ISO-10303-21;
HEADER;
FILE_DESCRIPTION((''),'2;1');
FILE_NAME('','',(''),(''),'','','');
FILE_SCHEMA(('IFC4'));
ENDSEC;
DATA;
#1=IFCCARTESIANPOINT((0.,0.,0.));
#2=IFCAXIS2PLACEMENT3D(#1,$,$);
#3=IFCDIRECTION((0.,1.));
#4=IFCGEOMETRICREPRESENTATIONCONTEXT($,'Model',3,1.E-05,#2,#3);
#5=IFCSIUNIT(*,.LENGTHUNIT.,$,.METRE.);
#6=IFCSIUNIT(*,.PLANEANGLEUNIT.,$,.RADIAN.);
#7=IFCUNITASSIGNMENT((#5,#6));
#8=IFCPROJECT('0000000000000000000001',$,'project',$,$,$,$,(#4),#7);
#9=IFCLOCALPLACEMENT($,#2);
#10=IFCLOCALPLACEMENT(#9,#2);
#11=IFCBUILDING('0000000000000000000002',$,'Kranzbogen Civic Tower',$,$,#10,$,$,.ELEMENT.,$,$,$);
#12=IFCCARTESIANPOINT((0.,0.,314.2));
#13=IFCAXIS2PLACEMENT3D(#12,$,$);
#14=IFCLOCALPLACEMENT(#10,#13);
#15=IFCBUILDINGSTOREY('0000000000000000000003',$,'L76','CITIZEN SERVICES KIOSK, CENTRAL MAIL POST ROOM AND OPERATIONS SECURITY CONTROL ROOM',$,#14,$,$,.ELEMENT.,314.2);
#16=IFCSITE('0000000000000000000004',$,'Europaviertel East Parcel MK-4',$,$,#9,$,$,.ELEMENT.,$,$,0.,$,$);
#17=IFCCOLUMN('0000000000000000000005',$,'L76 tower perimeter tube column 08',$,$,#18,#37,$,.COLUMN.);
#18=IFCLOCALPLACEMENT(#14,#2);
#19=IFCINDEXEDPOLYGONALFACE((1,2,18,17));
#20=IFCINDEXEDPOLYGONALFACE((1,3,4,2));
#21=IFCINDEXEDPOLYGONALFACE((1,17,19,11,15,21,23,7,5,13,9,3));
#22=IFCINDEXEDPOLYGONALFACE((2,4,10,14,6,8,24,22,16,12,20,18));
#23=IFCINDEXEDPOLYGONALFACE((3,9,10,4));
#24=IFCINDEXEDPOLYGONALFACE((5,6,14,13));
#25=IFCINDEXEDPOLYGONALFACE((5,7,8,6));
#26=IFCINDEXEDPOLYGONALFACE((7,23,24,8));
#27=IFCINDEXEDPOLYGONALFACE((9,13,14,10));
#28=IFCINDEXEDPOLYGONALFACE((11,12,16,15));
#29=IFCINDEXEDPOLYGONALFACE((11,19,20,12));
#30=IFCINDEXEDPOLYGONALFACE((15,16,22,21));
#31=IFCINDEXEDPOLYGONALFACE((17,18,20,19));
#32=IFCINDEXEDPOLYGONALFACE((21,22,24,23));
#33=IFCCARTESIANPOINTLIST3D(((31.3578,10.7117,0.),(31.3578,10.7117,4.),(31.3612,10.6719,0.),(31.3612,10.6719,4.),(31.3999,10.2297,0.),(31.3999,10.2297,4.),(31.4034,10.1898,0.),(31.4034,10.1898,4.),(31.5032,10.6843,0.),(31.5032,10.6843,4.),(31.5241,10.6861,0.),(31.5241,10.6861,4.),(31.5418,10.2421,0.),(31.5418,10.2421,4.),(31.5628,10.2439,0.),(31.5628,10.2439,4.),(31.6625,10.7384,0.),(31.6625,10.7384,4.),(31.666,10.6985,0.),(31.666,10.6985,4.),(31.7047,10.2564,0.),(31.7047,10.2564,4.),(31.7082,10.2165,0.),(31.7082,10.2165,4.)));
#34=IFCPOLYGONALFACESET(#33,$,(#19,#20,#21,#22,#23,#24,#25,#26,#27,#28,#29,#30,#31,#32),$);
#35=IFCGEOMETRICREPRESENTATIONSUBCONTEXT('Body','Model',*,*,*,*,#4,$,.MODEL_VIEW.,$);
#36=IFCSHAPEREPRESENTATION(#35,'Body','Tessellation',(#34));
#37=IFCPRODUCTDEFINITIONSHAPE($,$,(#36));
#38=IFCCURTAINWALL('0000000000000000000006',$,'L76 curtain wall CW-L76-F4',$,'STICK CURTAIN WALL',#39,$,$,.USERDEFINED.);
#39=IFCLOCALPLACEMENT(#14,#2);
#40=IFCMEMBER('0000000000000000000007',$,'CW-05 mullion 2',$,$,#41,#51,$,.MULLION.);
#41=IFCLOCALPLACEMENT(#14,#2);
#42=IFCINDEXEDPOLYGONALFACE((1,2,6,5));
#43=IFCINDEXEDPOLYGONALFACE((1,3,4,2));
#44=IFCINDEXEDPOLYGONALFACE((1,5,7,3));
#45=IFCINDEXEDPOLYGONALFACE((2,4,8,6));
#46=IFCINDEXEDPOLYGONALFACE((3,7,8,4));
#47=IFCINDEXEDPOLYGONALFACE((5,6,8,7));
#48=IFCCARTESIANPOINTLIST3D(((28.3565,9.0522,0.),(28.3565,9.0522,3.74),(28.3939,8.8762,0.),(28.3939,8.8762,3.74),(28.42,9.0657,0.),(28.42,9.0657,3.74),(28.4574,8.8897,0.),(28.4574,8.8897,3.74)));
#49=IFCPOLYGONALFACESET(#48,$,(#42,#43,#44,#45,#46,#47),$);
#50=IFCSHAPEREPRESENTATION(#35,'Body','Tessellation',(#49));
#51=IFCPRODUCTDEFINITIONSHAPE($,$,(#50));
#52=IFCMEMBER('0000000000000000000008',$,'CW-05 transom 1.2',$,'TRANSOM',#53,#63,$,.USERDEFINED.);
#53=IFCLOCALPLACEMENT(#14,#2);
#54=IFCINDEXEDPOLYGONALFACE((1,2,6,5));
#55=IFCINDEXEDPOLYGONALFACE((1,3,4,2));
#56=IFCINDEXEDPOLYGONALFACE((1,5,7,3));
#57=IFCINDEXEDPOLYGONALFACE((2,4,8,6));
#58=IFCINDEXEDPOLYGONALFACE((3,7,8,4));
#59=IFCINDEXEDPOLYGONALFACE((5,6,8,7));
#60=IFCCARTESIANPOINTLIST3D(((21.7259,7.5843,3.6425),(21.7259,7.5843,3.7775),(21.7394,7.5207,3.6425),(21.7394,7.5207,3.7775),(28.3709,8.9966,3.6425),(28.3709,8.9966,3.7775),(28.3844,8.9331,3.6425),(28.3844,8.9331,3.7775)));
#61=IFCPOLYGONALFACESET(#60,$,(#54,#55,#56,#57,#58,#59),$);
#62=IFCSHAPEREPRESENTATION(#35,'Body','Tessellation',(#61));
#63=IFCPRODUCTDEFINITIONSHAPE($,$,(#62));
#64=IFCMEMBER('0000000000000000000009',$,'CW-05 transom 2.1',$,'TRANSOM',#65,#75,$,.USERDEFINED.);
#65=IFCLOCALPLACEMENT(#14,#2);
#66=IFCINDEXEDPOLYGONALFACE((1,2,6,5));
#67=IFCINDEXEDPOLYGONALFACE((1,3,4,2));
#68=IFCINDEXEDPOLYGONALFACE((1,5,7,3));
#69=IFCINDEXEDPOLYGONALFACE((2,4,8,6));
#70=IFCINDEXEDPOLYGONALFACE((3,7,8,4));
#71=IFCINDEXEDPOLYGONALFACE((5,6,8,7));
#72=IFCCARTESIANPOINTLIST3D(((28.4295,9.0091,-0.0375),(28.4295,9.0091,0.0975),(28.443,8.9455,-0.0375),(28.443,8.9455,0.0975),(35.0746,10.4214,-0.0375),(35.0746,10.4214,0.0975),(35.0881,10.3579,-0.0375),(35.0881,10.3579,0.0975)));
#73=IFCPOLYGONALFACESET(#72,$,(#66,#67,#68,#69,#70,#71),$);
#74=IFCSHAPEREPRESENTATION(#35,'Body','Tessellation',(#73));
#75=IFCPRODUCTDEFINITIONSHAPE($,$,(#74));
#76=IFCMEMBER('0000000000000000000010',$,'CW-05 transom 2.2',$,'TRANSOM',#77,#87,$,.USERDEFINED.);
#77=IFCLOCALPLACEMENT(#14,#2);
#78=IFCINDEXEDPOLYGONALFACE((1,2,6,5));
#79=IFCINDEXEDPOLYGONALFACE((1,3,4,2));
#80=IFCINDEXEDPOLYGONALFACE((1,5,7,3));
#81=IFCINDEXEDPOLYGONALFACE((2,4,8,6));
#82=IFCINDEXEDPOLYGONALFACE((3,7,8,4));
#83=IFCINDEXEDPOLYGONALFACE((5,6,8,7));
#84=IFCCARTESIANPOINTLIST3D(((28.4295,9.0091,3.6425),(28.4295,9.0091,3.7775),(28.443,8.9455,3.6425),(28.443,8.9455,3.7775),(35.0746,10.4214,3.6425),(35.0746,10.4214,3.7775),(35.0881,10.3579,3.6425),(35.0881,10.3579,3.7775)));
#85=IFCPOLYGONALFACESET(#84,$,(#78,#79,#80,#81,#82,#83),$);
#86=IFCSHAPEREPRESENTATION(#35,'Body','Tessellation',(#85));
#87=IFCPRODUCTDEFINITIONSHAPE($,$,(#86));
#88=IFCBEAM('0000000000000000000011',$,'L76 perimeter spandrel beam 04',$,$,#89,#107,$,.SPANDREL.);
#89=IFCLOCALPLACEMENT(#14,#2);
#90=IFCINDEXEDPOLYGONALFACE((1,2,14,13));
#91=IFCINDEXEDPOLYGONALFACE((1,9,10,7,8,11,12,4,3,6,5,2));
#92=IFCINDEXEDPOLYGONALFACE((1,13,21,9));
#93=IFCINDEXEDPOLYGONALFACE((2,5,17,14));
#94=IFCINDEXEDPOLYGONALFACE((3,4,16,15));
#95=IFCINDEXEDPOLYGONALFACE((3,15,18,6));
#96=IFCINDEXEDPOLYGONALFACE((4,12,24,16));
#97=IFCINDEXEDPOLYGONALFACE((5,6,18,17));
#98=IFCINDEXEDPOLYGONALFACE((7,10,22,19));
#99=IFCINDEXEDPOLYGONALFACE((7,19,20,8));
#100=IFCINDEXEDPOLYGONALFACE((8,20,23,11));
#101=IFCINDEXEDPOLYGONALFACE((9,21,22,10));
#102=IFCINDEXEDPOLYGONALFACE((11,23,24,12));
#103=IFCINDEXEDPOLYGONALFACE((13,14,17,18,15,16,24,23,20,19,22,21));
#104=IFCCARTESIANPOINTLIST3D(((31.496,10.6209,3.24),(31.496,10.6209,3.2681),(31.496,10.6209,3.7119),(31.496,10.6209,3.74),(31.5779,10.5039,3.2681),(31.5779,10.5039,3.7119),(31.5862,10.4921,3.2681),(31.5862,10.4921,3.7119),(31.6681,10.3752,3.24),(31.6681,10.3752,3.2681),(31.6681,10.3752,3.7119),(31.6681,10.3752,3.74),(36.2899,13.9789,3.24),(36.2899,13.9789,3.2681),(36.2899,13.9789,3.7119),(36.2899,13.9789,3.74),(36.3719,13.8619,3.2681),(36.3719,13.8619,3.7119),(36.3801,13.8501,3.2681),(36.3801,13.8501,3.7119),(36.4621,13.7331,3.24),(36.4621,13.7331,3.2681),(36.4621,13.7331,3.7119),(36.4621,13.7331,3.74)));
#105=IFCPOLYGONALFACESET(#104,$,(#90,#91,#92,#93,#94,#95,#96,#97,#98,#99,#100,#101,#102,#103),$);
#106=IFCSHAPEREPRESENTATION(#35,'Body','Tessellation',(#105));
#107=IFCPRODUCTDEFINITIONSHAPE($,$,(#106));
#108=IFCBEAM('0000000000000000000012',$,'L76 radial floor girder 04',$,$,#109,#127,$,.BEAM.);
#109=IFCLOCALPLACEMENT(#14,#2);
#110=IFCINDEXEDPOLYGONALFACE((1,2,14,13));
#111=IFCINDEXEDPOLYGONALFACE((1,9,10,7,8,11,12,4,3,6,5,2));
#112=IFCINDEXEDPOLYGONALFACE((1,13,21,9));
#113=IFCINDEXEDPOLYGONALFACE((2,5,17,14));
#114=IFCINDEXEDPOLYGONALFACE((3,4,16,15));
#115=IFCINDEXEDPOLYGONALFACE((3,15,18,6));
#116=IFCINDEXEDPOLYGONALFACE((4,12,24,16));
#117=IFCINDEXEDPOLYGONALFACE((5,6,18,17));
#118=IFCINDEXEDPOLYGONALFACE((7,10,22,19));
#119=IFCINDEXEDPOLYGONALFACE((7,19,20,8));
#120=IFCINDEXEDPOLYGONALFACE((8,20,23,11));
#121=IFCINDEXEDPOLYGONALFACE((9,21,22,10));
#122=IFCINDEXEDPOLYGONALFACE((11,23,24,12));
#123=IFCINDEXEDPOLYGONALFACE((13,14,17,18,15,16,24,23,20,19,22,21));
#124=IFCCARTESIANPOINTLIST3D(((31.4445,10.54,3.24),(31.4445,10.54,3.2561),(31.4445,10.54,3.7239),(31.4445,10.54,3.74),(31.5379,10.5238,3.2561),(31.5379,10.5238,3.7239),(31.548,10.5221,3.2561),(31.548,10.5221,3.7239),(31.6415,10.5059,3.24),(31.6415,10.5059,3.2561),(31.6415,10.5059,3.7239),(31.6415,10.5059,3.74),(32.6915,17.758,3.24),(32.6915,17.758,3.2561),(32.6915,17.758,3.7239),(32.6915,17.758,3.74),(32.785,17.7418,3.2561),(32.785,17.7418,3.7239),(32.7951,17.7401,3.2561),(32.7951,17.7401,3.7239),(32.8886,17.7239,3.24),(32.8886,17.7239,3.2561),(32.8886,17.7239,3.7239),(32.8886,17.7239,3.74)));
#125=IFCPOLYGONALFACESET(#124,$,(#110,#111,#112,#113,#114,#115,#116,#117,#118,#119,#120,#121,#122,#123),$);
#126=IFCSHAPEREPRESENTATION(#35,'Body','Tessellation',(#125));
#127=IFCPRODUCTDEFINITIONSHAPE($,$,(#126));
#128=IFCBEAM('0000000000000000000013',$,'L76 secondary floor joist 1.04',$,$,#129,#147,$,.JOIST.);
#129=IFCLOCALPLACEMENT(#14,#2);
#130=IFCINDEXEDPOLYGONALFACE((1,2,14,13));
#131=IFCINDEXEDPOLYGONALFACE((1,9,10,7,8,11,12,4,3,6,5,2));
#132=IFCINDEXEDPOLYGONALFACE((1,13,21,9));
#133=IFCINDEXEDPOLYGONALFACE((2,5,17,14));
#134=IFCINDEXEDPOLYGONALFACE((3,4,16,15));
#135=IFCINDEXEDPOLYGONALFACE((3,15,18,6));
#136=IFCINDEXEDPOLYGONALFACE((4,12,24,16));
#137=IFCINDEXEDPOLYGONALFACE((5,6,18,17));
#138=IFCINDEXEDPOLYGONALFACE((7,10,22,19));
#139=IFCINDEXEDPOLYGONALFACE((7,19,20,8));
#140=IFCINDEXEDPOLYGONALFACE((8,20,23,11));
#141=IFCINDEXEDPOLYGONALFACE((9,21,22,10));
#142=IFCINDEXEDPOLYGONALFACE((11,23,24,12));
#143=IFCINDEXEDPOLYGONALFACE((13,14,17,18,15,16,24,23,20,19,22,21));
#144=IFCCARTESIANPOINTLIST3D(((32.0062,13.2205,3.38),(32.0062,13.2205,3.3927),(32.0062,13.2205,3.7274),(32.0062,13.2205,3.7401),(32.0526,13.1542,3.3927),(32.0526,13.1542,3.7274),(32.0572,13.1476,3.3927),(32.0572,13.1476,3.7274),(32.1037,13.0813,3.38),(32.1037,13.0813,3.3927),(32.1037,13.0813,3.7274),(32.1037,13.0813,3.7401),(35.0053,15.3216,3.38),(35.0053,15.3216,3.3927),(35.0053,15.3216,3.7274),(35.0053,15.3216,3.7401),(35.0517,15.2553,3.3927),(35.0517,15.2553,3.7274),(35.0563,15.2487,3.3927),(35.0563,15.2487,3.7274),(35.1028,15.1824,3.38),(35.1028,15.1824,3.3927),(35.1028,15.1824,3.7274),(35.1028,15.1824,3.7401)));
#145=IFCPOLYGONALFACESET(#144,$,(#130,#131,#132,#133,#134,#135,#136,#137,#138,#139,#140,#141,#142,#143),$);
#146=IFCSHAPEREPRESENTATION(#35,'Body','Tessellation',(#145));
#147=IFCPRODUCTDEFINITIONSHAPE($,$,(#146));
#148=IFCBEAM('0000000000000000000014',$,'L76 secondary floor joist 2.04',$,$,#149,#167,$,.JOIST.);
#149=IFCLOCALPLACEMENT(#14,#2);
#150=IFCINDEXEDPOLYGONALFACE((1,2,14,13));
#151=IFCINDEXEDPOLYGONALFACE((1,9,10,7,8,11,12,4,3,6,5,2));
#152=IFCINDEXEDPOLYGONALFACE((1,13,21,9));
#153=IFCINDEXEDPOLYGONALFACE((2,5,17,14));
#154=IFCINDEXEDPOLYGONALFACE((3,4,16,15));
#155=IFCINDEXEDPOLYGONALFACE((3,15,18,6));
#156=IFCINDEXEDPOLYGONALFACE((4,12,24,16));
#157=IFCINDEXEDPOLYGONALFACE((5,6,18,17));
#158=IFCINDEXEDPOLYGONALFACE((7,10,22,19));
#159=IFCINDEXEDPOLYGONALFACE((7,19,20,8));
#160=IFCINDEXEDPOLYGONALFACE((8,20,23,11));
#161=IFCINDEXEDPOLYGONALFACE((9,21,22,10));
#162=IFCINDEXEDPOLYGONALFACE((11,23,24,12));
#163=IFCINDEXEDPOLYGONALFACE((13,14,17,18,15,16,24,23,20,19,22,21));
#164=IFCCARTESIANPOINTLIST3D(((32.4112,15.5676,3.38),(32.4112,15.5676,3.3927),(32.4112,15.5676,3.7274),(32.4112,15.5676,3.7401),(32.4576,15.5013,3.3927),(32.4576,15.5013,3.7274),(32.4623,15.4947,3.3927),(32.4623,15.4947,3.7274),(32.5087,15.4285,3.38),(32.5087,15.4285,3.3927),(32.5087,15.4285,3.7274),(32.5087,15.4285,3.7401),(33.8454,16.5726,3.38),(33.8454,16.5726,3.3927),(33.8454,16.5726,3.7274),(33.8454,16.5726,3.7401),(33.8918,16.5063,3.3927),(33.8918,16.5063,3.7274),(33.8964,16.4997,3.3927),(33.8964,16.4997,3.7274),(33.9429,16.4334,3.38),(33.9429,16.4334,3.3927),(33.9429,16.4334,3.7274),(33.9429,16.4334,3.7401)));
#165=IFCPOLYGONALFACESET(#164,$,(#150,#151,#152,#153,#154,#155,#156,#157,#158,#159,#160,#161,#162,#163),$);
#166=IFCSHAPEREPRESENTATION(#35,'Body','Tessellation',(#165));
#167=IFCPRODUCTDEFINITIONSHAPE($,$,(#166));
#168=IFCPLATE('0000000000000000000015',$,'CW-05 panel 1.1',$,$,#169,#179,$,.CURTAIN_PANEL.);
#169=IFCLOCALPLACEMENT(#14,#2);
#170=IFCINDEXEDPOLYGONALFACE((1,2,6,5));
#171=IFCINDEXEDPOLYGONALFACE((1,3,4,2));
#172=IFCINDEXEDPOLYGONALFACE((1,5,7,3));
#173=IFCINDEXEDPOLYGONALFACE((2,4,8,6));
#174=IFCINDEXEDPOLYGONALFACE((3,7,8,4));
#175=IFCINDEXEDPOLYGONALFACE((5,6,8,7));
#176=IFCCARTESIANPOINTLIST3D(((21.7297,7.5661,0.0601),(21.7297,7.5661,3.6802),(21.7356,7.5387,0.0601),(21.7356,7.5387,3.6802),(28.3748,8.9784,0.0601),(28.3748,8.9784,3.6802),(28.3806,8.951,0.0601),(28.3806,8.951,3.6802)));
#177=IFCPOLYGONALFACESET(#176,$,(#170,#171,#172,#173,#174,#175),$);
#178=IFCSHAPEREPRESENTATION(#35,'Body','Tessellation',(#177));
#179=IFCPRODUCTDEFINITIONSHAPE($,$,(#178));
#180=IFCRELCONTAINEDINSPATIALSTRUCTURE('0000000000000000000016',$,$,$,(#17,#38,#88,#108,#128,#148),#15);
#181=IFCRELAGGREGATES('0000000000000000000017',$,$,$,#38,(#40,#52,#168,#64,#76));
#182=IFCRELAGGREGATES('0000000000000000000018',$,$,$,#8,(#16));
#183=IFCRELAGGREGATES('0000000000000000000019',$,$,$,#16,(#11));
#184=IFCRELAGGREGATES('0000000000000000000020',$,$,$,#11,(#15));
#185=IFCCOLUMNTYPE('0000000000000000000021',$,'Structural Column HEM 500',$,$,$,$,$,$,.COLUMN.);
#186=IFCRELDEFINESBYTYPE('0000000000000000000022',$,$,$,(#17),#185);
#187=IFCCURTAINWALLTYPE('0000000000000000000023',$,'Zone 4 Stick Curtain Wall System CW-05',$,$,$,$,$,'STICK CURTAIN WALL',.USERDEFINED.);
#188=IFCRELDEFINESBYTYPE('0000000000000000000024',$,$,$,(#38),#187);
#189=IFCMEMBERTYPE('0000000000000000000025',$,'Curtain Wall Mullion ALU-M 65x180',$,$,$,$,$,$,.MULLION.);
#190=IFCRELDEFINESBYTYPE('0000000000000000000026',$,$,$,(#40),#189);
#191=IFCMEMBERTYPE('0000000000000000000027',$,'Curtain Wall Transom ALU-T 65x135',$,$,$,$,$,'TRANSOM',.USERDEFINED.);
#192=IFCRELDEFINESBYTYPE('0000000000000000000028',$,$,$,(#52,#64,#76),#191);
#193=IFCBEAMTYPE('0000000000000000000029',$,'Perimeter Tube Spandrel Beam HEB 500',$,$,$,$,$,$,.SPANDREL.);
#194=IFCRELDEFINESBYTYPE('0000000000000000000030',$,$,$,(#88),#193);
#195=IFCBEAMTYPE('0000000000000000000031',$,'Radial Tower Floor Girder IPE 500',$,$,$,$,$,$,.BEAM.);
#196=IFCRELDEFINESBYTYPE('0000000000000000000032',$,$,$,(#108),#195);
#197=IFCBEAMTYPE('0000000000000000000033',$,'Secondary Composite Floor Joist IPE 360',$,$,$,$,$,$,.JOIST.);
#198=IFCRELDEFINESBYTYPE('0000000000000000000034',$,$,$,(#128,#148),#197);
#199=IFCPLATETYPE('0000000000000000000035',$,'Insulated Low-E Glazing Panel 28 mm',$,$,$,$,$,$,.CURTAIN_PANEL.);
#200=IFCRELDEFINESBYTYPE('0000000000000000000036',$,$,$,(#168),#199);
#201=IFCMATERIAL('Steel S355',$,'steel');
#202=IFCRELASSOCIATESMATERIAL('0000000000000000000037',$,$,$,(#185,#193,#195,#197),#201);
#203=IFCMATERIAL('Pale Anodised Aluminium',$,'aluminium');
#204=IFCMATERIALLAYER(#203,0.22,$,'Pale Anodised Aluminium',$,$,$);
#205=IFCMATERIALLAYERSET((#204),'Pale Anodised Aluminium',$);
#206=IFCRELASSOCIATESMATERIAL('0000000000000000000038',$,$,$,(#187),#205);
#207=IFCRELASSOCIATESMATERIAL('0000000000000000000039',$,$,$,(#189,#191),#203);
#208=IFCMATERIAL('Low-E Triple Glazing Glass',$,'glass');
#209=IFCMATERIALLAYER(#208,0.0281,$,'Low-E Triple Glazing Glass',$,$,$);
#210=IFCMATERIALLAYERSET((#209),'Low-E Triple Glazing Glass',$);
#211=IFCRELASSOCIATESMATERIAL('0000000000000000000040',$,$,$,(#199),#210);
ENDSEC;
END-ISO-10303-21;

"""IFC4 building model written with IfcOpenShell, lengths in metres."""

from ifc_helpers import new_model, si_unit, direction, frame, origin, origin_2d, place, context, subcontext, project, spatial, rectangle, i_section, extrude, material, layer, layer_set, material_profile, profile_set, type_object, element, aggregate, save


model = new_model("IFC4")

# Units and contexts
model_context = context("Model", 3, precision=1e-05, world=origin(), true_north=direction((0.0, 1.0)))
body_context = subcontext(model_context, "Body", "Model", "MODEL_VIEW")
ifc_project = project(units=[si_unit("LENGTHUNIT", "METRE"), si_unit("PLANEANGLEUNIT", "RADIAN")], contexts=[model_context])

# Site, building, storey
site_placement = place(None, origin())
site = spatial("IfcSite", under=ifc_project, at=site_placement, Name="Europaviertel East Parcel MK-4", CompositionType="ELEMENT", RefElevation=0.0)
building_placement = place(site_placement, origin())
building = spatial("IfcBuilding", under=site, at=building_placement, Name="Kranzbogen Civic Tower", CompositionType="ELEMENT")
storey_placement = place(building_placement, frame((0.0, 0.0, 314.2)))
storey = spatial("IfcBuildingStorey", under=building, at=storey_placement, Name="L76", Description="CITIZEN SERVICES KIOSK, CENTRAL MAIL POST ROOM AND OPERATIONS SECURITY CONTROL ROOM", CompositionType="ELEMENT", Elevation=314.2)

# Column
ifc_material_1 = material(Name="Steel S355", Category="steel")
ifc_material_profile_1 = material_profile(ifc_material_1, i_section(OverallWidth=0.3059, OverallDepth=0.5239, WebThickness=0.021, FlangeThickness=0.04, at=origin_2d()), Name="HEM 500")
ifc_profile_set_1 = profile_set([ifc_material_profile_1], Name="Steel S355")
column_type = type_object("IfcColumnType", Name="Structural Column HEM 500", PredefinedType="COLUMN", material=ifc_profile_set_1)
column_placement = place(storey_placement, frame((31.533, 10.4641, 0.0), z_axis=(0.0, 0.0, 1.0), x_axis=(0.996195, 0.087156, 0.0)))
element("IfcColumn", 1, at=column_placement, inside=storey, type_object=column_type, Name="L76 tower perimeter tube column 08", PredefinedType="COLUMN", context=body_context, shape_type="SweptSolid", body=[
    extrude(i_section(OverallWidth=0.3059, OverallDepth=0.5239, WebThickness=0.021, FlangeThickness=0.04, at=origin_2d()), origin(), (0.0, 0.0, 1.0), 4.0),
])

# Curtain wall, members
ifc_material_2 = material(Name="Pale Anodised Aluminium", Category="aluminium")
ifc_layer_1 = layer(ifc_material_2, 0.22, Name="Pale Anodised Aluminium")
ifc_layer_set_1 = layer_set([ifc_layer_1], Name="Pale Anodised Aluminium")
curtain_wall_type = type_object("IfcCurtainWallType", Name="Zone 4 Stick Curtain Wall System CW-05", ElementType="STICK CURTAIN WALL", PredefinedType="USERDEFINED", material=ifc_layer_set_1)
curtain_wall_placement = place(storey_placement, origin())
curtain_wall = element("IfcCurtainWall", 2, at=curtain_wall_placement, inside=storey, type_object=curtain_wall_type, Name="L76 curtain wall CW-L76-F4", ObjectType="STICK CURTAIN WALL", PredefinedType="USERDEFINED")
ifc_material_profile_2 = material_profile(ifc_material_2, rectangle(XDim=0.0649, YDim=0.1799, at=origin_2d()), Name="ALU-M 65x180")
ifc_profile_set_2 = profile_set([ifc_material_profile_2], Name="Pale Anodised Aluminium")
member_type_1 = type_object("IfcMemberType", Name="Curtain Wall Mullion ALU-M 65x180", PredefinedType="MULLION", material=ifc_profile_set_2)
member_1_placement = place(storey_placement, frame((28.407, 8.9709, 0.0), z_axis=(0.0, 0.0, 1.0), x_axis=(0.978152, 0.207892, 0.0)))
member_1 = element("IfcMember", 3, at=member_1_placement, type_object=member_type_1, Name="CW-05 mullion 2", PredefinedType="MULLION", context=body_context, shape_type="SweptSolid", body=[
    extrude(rectangle(XDim=0.0649, YDim=0.1799, at=origin_2d()), origin(), (0.0, 0.0, 1.0), 3.74),
])
ifc_material_profile_3 = material_profile(ifc_material_2, rectangle(XDim=0.0649, YDim=0.135, at=origin_2d()), Name="ALU-T 65x135")
ifc_profile_set_3 = profile_set([ifc_material_profile_3], Name="Pale Anodised Aluminium")
member_type_2 = type_object("IfcMemberType", Name="Curtain Wall Transom ALU-T 65x135", ElementType="TRANSOM", PredefinedType="USERDEFINED", material=ifc_profile_set_3)
member_2_placement = place(storey_placement, frame((21.7327, 7.5525, 3.71), z_axis=(0.97815, 0.207899, 0.0), x_axis=(-0.207899, 0.97815, 0.0)))
member_2 = element("IfcMember", 4, at=member_2_placement, type_object=member_type_2, Name="CW-05 transom 1.2", ObjectType="TRANSOM", PredefinedType="USERDEFINED", context=body_context, shape_type="SweptSolid", body=[
    extrude(rectangle(XDim=0.0649, YDim=0.135, at=origin_2d()), origin(), (0.0, 0.0, 1.0), 6.7935),
])
member_3_placement = place(storey_placement, frame((28.4363, 8.9773, 0.03), z_axis=(0.97815, 0.207899, 0.0), x_axis=(-0.207899, 0.97815, 0.0)))
member_3 = element("IfcMember", 5, at=member_3_placement, type_object=member_type_2, Name="CW-05 transom 2.1", ObjectType="TRANSOM", PredefinedType="USERDEFINED", context=body_context, shape_type="SweptSolid", body=[
    extrude(rectangle(XDim=0.0649, YDim=0.135, at=origin_2d()), origin(), (0.0, 0.0, 1.0), 6.7935),
])
member_4_placement = place(storey_placement, frame((28.4363, 8.9773, 3.71), z_axis=(0.97815, 0.207899, 0.0), x_axis=(-0.207899, 0.97815, 0.0)))
member_4 = element("IfcMember", 6, at=member_4_placement, type_object=member_type_2, Name="CW-05 transom 2.2", ObjectType="TRANSOM", PredefinedType="USERDEFINED", context=body_context, shape_type="SweptSolid", body=[
    extrude(rectangle(XDim=0.0649, YDim=0.135, at=origin_2d()), origin(), (0.0, 0.0, 1.0), 6.7935),
])

# Beams
ifc_material_profile_4 = material_profile(ifc_material_1, i_section(OverallWidth=0.3, OverallDepth=0.5, WebThickness=0.0144, FlangeThickness=0.0281, at=origin_2d()), Name="HEB 500")
ifc_profile_set_4 = profile_set([ifc_material_profile_4], Name="Steel S355")
beam_type_1 = type_object("IfcBeamType", Name="Perimeter Tube Spandrel Beam HEB 500", PredefinedType="SPANDREL", material=ifc_profile_set_4)
beam_1_placement = place(storey_placement, frame((31.582, 10.498, 3.49), z_axis=(0.819059, 0.573709, 0.0), x_axis=(-0.573709, 0.819059, 0.0)))
element("IfcBeam", 7, at=beam_1_placement, inside=storey, type_object=beam_type_1, Name="L76 perimeter spandrel beam 04", PredefinedType="SPANDREL", context=body_context, shape_type="SweptSolid", body=[
    extrude(i_section(OverallWidth=0.3, OverallDepth=0.5, WebThickness=0.0144, FlangeThickness=0.0281, at=origin_2d()), origin(), (0.0, 0.0, 1.0), 5.853),
])
ifc_material_profile_5 = material_profile(ifc_material_1, i_section(OverallWidth=0.2, OverallDepth=0.5, WebThickness=0.0103, FlangeThickness=0.0161, at=origin_2d()), Name="IPE 500")
ifc_profile_set_5 = profile_set([ifc_material_profile_5], Name="Steel S355")
beam_type_2 = type_object("IfcBeamType", Name="Radial Tower Floor Girder IPE 500", PredefinedType="BEAM", material=ifc_profile_set_5)
beam_2_placement = place(storey_placement, frame((31.543, 10.5229, 3.49), z_axis=(0.17025, 0.985401, 0.0), x_axis=(-0.985401, 0.17025, 0.0)))
element("IfcBeam", 8, at=beam_2_placement, inside=storey, type_object=beam_type_2, Name="L76 radial floor girder 04", PredefinedType="BEAM", context=body_context, shape_type="SweptSolid", body=[
    extrude(i_section(OverallWidth=0.2, OverallDepth=0.5, WebThickness=0.0103, FlangeThickness=0.0161, at=origin_2d()), origin(), (0.0, 0.0, 1.0), 7.325),
])
ifc_material_profile_6 = material_profile(ifc_material_1, i_section(OverallWidth=0.1699, OverallDepth=0.3601, WebThickness=0.0081, FlangeThickness=0.0127, at=origin_2d()), Name="IPE 360")
ifc_profile_set_6 = profile_set([ifc_material_profile_6], Name="Steel S355")
beam_type_3 = type_object("IfcBeamType", Name="Secondary Composite Floor Joist IPE 360", PredefinedType="JOIST", material=ifc_profile_set_6)
beam_3_placement = place(storey_placement, frame((32.0549, 13.1509, 3.5601), z_axis=(0.819006, 0.573784, 0.0), x_axis=(-0.573784, 0.819006, 0.0)))
element("IfcBeam", 9, at=beam_3_placement, inside=storey, type_object=beam_type_3, Name="L76 secondary floor joist 1.04", PredefinedType="JOIST", context=body_context, shape_type="SweptSolid", body=[
    extrude(i_section(OverallWidth=0.1699, OverallDepth=0.3601, WebThickness=0.0081, FlangeThickness=0.0127, at=origin_2d()), origin(), (0.0, 0.0, 1.0), 3.6619),
])
beam_4_placement = place(storey_placement, frame((32.46, 15.498, 3.5601), z_axis=(0.818957, 0.573855, 0.0), x_axis=(-0.573855, 0.818957, 0.0)))
element("IfcBeam", 10, at=beam_4_placement, inside=storey, type_object=beam_type_3, Name="L76 secondary floor joist 2.04", PredefinedType="JOIST", context=body_context, shape_type="SweptSolid", body=[
    extrude(i_section(OverallWidth=0.1699, OverallDepth=0.3601, WebThickness=0.0081, FlangeThickness=0.0127, at=origin_2d()), origin(), (0.0, 0.0, 1.0), 1.7512),
])

# Plate
ifc_material_3 = material(Name="Low-E Triple Glazing Glass", Category="glass")
ifc_layer_2 = layer(ifc_material_3, 0.0281, Name="Low-E Triple Glazing Glass")
ifc_layer_set_2 = layer_set([ifc_layer_2], Name="Low-E Triple Glazing Glass")
plate_type = type_object("IfcPlateType", Name="Insulated Low-E Glazing Panel 28 mm", PredefinedType="CURTAIN_PANEL", material=ifc_layer_set_2)
plate_1_placement = place(storey_placement, frame((25.0552, 8.2585, 0.0601), z_axis=(0.0, 0.0, 1.0), x_axis=(0.978152, 0.207892, 0.0)))
plate_1 = element("IfcPlate", 11, at=plate_1_placement, type_object=plate_type, Name="CW-05 panel 1.1", PredefinedType="CURTAIN_PANEL", context=body_context, shape_type="SweptSolid", body=[
    extrude(rectangle(XDim=6.7935, YDim=0.0281, at=origin_2d()), origin(), (0.0, 0.0, 1.0), 3.6201),
])
aggregate(curtain_wall, [member_1, member_2, plate_1, member_3, member_4])

save(model, "model.ifc")
